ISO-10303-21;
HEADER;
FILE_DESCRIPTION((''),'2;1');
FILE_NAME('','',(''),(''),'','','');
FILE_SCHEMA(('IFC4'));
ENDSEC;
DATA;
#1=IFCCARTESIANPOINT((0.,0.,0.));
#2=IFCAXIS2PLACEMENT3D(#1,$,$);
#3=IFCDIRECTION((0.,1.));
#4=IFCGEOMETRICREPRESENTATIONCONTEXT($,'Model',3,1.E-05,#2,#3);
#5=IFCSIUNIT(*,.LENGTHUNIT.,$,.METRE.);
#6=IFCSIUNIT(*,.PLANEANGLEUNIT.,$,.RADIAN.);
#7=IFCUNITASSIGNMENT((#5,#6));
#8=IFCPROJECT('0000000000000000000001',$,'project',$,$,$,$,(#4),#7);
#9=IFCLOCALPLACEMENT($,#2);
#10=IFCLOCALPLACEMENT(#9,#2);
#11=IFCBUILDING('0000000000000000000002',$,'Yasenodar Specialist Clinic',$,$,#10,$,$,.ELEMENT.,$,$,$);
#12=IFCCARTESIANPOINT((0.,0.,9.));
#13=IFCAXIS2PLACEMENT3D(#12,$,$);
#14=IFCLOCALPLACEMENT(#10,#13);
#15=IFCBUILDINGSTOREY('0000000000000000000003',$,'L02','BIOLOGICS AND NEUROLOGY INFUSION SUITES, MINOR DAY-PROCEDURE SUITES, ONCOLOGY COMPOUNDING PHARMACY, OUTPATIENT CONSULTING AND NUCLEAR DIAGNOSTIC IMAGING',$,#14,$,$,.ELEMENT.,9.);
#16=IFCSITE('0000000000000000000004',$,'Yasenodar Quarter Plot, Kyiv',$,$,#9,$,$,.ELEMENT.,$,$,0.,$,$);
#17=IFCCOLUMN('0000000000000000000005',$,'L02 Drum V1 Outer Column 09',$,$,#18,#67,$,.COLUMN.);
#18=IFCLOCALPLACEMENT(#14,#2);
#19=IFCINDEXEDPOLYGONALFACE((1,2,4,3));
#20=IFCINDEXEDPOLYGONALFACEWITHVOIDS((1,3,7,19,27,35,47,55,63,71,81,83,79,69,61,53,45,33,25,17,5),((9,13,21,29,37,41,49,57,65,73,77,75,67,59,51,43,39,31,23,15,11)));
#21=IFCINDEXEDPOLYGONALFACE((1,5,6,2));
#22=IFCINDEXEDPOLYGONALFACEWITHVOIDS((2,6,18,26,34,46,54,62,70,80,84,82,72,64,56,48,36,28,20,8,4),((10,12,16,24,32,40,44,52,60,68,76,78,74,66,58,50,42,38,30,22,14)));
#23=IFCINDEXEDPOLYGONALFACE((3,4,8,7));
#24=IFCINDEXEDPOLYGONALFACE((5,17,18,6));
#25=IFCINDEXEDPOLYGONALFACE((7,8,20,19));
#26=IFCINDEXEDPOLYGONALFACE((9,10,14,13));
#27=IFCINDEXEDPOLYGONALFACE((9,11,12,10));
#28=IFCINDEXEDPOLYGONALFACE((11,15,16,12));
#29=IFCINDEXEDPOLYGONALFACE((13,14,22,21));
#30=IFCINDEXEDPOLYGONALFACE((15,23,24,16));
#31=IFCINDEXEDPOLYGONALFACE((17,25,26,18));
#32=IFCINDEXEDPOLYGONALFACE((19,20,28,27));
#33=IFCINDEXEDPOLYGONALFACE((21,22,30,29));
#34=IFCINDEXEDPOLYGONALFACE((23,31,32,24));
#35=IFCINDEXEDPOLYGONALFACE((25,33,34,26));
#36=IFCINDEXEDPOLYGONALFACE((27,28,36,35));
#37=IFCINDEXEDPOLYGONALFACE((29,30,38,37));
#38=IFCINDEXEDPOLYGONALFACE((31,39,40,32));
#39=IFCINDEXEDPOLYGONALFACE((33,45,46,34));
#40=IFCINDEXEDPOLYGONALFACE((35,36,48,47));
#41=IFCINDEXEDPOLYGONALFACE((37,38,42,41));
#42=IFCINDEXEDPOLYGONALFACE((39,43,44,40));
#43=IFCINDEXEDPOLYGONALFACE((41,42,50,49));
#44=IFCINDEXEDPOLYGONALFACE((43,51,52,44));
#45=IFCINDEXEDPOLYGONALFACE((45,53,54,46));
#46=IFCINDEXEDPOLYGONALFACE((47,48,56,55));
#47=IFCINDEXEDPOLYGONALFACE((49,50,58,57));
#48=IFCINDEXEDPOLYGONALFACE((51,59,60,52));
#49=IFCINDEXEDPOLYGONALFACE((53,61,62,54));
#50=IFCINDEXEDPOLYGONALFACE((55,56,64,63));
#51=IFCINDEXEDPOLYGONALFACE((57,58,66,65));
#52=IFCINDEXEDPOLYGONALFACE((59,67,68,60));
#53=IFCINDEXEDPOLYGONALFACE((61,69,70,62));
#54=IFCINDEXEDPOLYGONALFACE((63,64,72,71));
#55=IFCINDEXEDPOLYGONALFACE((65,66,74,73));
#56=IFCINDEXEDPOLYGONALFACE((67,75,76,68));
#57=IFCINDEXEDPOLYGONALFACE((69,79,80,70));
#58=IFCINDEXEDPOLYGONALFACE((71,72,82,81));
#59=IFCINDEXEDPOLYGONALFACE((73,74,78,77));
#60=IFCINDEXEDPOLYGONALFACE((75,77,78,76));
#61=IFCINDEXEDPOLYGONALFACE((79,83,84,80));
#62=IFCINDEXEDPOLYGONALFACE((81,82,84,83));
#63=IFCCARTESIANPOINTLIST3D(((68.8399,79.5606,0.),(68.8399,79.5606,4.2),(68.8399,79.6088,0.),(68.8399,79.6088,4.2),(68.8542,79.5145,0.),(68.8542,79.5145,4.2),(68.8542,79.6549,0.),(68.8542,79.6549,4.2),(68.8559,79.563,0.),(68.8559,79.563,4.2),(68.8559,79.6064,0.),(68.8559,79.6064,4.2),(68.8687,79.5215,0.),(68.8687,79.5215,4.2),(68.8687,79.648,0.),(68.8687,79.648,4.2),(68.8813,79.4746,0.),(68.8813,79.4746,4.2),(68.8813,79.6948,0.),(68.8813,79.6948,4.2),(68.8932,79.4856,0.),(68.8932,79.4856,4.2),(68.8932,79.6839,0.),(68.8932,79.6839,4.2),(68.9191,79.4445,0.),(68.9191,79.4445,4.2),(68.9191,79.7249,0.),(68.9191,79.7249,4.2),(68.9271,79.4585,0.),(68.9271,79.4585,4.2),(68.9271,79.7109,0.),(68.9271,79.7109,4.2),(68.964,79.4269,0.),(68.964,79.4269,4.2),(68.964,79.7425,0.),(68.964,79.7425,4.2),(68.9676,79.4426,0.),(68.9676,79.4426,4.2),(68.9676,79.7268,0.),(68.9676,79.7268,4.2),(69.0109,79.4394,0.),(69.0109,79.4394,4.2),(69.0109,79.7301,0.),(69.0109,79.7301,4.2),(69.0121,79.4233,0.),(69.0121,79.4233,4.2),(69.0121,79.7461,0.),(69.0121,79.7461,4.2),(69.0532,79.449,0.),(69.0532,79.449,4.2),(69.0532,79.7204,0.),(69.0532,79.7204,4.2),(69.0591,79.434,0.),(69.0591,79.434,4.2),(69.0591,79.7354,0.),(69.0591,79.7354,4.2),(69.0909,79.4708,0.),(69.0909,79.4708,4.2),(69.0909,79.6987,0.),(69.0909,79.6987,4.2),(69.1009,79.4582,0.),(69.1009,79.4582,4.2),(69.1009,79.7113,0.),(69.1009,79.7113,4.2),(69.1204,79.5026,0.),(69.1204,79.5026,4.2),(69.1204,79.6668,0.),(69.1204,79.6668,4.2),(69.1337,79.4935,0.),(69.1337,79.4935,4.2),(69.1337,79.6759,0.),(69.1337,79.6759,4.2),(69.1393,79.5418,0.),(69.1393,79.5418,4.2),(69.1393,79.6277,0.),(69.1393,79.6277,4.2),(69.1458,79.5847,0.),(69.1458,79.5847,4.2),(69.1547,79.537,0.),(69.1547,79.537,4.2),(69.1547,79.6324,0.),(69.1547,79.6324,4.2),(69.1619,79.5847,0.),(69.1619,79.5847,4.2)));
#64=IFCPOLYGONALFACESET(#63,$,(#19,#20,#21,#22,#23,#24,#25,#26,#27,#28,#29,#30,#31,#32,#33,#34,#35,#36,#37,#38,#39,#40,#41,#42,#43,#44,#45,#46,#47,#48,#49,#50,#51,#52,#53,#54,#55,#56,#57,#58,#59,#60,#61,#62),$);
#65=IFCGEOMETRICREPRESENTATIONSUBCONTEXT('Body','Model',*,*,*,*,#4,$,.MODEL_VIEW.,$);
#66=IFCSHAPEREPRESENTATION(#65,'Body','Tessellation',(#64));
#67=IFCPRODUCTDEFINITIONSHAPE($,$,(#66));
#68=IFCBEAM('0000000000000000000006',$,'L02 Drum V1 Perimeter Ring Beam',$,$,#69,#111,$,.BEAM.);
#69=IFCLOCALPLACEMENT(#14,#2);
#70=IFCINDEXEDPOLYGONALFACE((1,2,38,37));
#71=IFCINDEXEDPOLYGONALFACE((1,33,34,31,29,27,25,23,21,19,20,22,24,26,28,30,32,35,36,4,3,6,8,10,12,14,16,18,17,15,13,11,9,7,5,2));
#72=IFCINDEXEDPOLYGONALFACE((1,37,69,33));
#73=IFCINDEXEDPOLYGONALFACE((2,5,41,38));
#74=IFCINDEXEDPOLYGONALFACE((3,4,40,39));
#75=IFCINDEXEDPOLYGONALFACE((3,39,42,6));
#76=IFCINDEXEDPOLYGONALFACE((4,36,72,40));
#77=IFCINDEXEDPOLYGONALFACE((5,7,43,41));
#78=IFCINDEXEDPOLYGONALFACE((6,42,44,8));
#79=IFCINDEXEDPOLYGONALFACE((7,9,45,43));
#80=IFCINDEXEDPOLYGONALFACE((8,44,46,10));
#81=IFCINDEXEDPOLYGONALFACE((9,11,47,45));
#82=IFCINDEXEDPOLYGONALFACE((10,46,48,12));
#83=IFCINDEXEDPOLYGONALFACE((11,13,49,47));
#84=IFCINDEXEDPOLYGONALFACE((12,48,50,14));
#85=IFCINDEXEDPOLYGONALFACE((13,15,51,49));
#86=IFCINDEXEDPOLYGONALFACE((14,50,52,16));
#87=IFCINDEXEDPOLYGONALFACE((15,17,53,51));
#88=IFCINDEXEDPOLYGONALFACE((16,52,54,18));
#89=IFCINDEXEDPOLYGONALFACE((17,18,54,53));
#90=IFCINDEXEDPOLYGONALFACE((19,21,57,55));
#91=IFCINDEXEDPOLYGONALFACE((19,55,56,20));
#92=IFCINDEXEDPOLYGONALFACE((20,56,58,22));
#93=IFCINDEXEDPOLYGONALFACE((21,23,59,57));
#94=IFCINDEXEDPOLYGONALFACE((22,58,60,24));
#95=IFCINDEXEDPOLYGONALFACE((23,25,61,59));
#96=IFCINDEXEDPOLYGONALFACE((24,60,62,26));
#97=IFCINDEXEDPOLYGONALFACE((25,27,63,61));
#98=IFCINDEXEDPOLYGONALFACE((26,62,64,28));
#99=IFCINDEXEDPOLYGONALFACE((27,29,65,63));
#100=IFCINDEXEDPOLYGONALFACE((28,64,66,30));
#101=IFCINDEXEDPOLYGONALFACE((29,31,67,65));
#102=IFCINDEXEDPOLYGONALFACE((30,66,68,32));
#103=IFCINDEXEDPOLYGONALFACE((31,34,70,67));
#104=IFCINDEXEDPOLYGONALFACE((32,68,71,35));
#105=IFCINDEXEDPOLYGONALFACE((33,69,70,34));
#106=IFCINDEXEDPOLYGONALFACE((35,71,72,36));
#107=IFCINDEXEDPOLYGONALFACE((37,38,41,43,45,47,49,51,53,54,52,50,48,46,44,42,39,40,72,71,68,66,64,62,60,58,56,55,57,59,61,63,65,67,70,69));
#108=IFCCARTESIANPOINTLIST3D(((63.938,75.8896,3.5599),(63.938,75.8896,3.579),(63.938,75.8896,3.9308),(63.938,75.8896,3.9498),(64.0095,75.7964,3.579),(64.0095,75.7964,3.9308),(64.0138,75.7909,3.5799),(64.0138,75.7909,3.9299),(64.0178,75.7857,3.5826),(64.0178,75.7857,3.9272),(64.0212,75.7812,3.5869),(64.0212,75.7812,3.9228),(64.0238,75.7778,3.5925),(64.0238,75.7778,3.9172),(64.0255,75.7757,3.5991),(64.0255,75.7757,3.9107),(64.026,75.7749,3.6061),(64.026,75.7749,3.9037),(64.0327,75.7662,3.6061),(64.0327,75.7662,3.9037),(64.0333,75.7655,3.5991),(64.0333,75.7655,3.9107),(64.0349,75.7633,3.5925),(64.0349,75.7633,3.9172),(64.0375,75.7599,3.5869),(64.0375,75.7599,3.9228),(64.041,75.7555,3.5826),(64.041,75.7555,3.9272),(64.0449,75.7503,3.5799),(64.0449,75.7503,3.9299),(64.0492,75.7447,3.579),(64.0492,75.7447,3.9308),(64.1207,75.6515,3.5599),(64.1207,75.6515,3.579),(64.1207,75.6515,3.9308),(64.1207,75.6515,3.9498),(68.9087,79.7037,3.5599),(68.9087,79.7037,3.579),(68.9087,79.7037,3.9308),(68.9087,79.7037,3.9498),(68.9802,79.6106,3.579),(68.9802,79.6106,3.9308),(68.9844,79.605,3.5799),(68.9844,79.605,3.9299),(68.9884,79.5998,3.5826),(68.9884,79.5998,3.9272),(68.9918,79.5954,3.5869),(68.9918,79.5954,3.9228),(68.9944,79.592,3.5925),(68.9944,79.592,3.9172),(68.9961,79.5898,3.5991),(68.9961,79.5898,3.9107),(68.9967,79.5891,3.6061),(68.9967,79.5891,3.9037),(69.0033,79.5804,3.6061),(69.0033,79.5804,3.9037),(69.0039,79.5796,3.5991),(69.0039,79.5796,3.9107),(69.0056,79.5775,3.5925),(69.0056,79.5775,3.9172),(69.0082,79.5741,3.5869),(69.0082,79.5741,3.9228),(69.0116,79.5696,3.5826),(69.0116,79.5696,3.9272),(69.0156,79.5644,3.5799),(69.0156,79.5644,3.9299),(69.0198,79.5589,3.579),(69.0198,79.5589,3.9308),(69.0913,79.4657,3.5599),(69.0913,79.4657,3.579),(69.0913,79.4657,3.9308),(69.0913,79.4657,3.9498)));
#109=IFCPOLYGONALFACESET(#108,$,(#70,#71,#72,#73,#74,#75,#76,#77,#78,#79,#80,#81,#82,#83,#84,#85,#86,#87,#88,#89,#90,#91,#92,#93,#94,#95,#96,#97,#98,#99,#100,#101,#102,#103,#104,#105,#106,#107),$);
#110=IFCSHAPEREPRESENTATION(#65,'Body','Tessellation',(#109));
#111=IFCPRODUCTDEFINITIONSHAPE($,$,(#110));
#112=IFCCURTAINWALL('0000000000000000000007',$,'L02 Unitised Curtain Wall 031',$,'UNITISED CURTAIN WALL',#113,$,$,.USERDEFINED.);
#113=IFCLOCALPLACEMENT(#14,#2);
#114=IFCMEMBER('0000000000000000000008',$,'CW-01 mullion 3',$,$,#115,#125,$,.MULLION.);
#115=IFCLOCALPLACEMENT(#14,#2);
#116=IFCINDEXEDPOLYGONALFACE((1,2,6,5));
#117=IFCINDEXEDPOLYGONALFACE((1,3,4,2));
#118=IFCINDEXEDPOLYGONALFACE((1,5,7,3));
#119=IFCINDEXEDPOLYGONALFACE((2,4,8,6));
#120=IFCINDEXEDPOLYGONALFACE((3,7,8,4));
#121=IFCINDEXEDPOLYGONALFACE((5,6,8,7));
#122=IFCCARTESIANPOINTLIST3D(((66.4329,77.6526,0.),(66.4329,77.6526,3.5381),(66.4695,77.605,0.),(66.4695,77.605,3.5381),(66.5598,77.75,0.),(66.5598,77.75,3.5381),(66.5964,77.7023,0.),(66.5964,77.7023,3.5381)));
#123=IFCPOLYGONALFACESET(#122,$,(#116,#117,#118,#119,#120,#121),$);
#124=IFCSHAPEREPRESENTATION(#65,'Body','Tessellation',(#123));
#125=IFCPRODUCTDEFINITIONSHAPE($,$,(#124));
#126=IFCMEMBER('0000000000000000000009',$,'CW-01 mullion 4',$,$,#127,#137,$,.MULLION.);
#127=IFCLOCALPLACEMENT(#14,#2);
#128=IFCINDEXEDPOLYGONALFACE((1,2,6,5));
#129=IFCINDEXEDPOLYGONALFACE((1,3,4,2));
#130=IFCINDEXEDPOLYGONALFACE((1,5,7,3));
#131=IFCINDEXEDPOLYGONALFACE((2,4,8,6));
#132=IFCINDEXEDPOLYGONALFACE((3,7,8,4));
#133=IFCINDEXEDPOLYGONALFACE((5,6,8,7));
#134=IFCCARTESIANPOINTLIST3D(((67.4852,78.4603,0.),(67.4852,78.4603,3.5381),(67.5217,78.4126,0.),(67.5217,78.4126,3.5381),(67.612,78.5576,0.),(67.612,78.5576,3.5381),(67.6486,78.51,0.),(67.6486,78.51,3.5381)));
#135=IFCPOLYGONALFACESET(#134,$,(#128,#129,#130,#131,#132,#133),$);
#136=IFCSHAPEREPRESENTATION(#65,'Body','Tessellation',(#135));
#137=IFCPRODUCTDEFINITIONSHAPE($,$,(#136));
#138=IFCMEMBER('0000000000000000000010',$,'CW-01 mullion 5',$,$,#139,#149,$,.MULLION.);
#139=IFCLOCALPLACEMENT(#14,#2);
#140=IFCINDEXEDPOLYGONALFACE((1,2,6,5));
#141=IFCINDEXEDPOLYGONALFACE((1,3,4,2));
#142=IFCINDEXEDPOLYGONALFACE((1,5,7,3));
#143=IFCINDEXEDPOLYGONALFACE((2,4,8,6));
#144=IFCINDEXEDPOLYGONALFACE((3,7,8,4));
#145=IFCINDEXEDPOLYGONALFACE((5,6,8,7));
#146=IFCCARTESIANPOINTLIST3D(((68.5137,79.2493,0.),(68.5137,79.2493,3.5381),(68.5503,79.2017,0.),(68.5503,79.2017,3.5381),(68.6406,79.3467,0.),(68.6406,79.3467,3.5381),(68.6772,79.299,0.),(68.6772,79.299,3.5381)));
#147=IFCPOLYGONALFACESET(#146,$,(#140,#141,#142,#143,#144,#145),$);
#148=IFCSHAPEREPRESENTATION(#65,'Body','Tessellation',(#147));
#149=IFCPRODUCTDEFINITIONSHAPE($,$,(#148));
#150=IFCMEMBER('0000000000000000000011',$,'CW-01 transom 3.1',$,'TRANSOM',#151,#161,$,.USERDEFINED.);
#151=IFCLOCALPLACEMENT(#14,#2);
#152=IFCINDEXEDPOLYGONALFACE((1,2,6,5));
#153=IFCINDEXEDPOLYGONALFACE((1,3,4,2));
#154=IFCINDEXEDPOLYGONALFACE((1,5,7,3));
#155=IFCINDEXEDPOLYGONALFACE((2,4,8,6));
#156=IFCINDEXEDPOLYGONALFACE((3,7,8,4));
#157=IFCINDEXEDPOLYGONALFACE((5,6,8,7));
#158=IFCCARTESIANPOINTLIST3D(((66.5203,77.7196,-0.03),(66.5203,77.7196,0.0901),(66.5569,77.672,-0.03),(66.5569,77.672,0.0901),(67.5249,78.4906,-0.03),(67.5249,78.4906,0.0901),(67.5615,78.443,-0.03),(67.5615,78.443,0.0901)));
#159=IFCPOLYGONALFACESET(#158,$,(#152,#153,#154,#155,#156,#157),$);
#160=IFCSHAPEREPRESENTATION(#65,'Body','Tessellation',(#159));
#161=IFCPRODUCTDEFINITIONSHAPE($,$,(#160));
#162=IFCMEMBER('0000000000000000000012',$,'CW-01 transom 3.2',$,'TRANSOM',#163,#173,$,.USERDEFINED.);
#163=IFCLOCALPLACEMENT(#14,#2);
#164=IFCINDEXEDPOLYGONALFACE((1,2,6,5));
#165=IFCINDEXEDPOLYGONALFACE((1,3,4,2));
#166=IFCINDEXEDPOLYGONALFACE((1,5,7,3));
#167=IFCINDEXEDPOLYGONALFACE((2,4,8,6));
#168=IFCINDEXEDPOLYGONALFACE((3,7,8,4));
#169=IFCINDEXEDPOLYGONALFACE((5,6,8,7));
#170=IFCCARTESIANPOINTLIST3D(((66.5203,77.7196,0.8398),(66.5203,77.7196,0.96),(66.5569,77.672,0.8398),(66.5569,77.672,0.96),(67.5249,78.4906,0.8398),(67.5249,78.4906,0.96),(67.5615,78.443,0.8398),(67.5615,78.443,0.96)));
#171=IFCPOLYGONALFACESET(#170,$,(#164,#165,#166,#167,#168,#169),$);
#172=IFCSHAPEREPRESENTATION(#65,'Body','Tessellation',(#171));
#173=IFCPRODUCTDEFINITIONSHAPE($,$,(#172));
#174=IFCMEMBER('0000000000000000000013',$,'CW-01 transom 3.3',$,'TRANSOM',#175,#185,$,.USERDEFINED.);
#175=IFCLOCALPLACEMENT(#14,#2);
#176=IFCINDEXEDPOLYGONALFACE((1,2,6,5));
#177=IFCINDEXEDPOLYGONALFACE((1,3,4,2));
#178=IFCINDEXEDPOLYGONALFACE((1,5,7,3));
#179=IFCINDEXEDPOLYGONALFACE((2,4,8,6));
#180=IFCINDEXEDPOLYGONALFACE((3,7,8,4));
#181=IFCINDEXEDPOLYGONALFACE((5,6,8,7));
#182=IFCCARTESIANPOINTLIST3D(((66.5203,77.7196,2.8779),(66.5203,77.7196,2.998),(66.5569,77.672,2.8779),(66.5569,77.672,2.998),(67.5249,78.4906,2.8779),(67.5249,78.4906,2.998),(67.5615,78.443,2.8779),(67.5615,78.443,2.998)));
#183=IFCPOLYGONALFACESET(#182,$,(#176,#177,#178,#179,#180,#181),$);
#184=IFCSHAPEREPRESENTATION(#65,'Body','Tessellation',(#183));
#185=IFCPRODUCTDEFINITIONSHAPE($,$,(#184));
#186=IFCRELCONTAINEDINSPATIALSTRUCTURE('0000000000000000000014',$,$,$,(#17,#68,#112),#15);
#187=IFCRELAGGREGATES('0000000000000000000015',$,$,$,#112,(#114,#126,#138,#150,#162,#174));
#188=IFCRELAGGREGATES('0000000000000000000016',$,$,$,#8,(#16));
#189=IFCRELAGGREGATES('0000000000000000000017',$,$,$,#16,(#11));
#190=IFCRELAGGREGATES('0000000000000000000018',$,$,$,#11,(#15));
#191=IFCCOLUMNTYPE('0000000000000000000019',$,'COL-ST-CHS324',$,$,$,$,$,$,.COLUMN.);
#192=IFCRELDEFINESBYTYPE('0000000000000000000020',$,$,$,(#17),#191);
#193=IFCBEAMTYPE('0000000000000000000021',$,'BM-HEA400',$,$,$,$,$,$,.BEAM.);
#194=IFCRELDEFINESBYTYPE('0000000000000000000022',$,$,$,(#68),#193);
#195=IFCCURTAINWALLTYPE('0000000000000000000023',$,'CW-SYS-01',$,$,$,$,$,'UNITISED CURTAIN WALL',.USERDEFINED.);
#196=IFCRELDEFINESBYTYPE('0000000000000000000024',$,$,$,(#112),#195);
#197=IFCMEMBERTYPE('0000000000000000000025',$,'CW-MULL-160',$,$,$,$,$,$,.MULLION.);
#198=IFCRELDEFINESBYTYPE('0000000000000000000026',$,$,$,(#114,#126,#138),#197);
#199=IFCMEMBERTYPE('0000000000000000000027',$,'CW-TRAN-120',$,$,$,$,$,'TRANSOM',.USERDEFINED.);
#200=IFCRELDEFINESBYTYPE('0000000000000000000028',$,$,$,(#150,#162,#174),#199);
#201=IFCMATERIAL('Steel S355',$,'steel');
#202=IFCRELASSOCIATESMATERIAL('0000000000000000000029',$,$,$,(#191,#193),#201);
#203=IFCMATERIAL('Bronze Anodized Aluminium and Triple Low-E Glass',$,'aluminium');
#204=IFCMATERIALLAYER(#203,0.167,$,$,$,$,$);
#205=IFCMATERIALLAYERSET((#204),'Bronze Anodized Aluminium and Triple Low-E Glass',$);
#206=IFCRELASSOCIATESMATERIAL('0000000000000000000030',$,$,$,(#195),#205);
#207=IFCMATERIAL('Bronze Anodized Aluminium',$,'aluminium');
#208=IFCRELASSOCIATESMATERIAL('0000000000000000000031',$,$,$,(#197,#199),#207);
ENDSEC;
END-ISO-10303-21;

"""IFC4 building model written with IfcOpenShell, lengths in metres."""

from ifc_helpers import new_model, si_unit, direction, frame, origin, origin_2d, place, context, subcontext, project, spatial, rectangle, hollow_circle, i_section, extrude, material, layer, layer_set, material_profile, profile_set, type_object, element, aggregate, save


model = new_model("IFC4")

# Units and contexts
model_context = context("Model", 3, precision=1e-05, world=origin(), true_north=direction((0.0, 1.0)))
body_context = subcontext(model_context, "Body", "Model", "MODEL_VIEW")
ifc_project = project(units=[si_unit("LENGTHUNIT", "METRE"), si_unit("PLANEANGLEUNIT", "RADIAN")], contexts=[model_context])

# Site, building, storey
site_placement = place(None, origin())
site = spatial("IfcSite", under=ifc_project, at=site_placement, Name="Yasenodar Quarter Plot, Kyiv", CompositionType="ELEMENT", RefElevation=0.0)
building_placement = place(site_placement, origin())
building = spatial("IfcBuilding", under=site, at=building_placement, Name="Yasenodar Specialist Clinic", CompositionType="ELEMENT")
storey_placement = place(building_placement, frame((0.0, 0.0, 9.0)))
storey = spatial("IfcBuildingStorey", under=building, at=storey_placement, Name="L02", Description="BIOLOGICS AND NEUROLOGY INFUSION SUITES, MINOR DAY-PROCEDURE SUITES, ONCOLOGY COMPOUNDING PHARMACY, OUTPATIENT CONSULTING AND NUCLEAR DIAGNOSTIC IMAGING", CompositionType="ELEMENT", Elevation=9.0)

# Column
ifc_material_1 = material(Name="Steel S355", Category="steel")
ifc_material_profile_1 = material_profile(ifc_material_1, hollow_circle(Radius=0.1619, WallThickness=0.0161, at=origin_2d()), Name="CHS 323.9x16")
ifc_profile_set_1 = profile_set([ifc_material_profile_1], Name="Steel S355")
column_type = type_object("IfcColumnType", Name="COL-ST-CHS324", PredefinedType="COLUMN", material=ifc_profile_set_1)
column_placement = place(storey_placement, frame((69.0, 79.5847, 0.0), z_axis=(0.0, 0.0, 1.0), x_axis=(1.0, 0.0, 0.0)))
element("IfcColumn", 1, at=column_placement, inside=storey, type_object=column_type, Name="L02 Drum V1 Outer Column 09", PredefinedType="COLUMN", context=body_context, shape_type="SweptSolid", body=[
    extrude(hollow_circle(Radius=0.1619, WallThickness=0.0161, at=origin_2d()), origin(), (0.0, 0.0, 1.0), 4.2),
])

# Beam
ifc_material_profile_2 = material_profile(ifc_material_1, i_section(OverallWidth=0.3, OverallDepth=0.3899, WebThickness=0.011, FlangeThickness=0.019, FilletRadius=0.0271, at=origin_2d()), Name="HEA 400")
ifc_profile_set_2 = profile_set([ifc_material_profile_2], Name="Steel S355")
beam_type = type_object("IfcBeamType", Name="BM-HEA400", PredefinedType="BEAM", material=ifc_profile_set_2)
beam_placement = place(storey_placement, frame((69.0, 79.5847, 3.7549), z_axis=(-0.793349, -0.608767, 0.0), x_axis=(0.608767, -0.793349, 0.0)))
element("IfcBeam", 2, at=beam_placement, inside=storey, type_object=beam_type, Name="L02 Drum V1 Perimeter Ring Beam", PredefinedType="BEAM", context=body_context, shape_type="SweptSolid", body=[
    extrude(i_section(OverallWidth=0.3, OverallDepth=0.3899, WebThickness=0.011, FlangeThickness=0.019, FilletRadius=0.0271, at=origin_2d()), origin(), (0.0, 0.0, 1.0), 6.2654),
])

# Curtain wall, members
ifc_material_2 = material(Name="Bronze Anodized Aluminium and Triple Low-E Glass", Category="aluminium")
ifc_layer_1 = layer(ifc_material_2, 0.167)
ifc_layer_set_1 = layer_set([ifc_layer_1], Name="Bronze Anodized Aluminium and Triple Low-E Glass")
curtain_wall_type = type_object("IfcCurtainWallType", Name="CW-SYS-01", ElementType="UNITISED CURTAIN WALL", PredefinedType="USERDEFINED", material=ifc_layer_set_1)
curtain_wall_placement = place(storey_placement, origin())
curtain_wall = element("IfcCurtainWall", 3, at=curtain_wall_placement, inside=storey, type_object=curtain_wall_type, Name="L02 Unitised Curtain Wall 031", ObjectType="UNITISED CURTAIN WALL", PredefinedType="USERDEFINED")
ifc_material_3 = material(Name="Bronze Anodized Aluminium", Category="aluminium")
ifc_material_profile_3 = material_profile(ifc_material_3, rectangle(XDim=0.0601, YDim=0.1599, at=origin_2d()), Name="CW-MULL 60x160")
ifc_profile_set_3 = profile_set([ifc_material_profile_3], Name="Bronze Anodized Aluminium")
member_type_1 = type_object("IfcMemberType", Name="CW-MULL-160", PredefinedType="MULLION", material=ifc_profile_set_3)
member_1_placement = place(storey_placement, frame((66.5146, 77.6775, 0.0), z_axis=(0.0, 0.0, 1.0), x_axis=(-0.608752, 0.793361, 0.0)))
member_1 = element("IfcMember", 4, at=member_1_placement, type_object=member_type_1, Name="CW-01 mullion 3", PredefinedType="MULLION", context=body_context, shape_type="SweptSolid", body=[
    extrude(rectangle(XDim=0.0601, YDim=0.1599, at=origin_2d()), origin(), (0.0, 0.0, 1.0), 3.5381),
])
member_2_placement = place(storey_placement, frame((67.5669, 78.4851, 0.0), z_axis=(0.0, 0.0, 1.0), x_axis=(-0.608752, 0.793361, 0.0)))
member_2 = element("IfcMember", 5, at=member_2_placement, type_object=member_type_1, Name="CW-01 mullion 4", PredefinedType="MULLION", context=body_context, shape_type="SweptSolid", body=[
    extrude(rectangle(XDim=0.0601, YDim=0.1599, at=origin_2d()), origin(), (0.0, 0.0, 1.0), 3.5381),
])
member_3_placement = place(storey_placement, frame((68.5955, 79.2742, 0.0), z_axis=(0.0, 0.0, 1.0), x_axis=(-0.608752, 0.793361, 0.0)))
member_3 = element("IfcMember", 6, at=member_3_placement, type_object=member_type_1, Name="CW-01 mullion 5", PredefinedType="MULLION", context=body_context, shape_type="SweptSolid", body=[
    extrude(rectangle(XDim=0.0601, YDim=0.1599, at=origin_2d()), origin(), (0.0, 0.0, 1.0), 3.5381),
])
ifc_material_profile_4 = material_profile(ifc_material_3, rectangle(XDim=0.0601, YDim=0.1201, at=origin_2d()), Name="CW-TRAN 60x120")
ifc_profile_set_4 = profile_set([ifc_material_profile_4], Name="Bronze Anodized Aluminium")
member_type_2 = type_object("IfcMemberType", Name="CW-TRAN-120", ElementType="TRANSOM", PredefinedType="USERDEFINED", material=ifc_profile_set_4)
member_4_placement = place(storey_placement, frame((66.5386, 77.6958, 0.03), z_axis=(0.793311, 0.608816, 0.0), x_axis=(-0.608816, 0.793311, 0.0)))
member_4 = element("IfcMember", 7, at=member_4_placement, type_object=member_type_2, Name="CW-01 transom 3.1", ObjectType="TRANSOM", PredefinedType="USERDEFINED", context=body_context, shape_type="SweptSolid", body=[
    extrude(rectangle(XDim=0.0601, YDim=0.1201, at=origin_2d()), origin(), (0.0, 0.0, 1.0), 1.2664),
])
member_5_placement = place(storey_placement, frame((66.5386, 77.6958, 0.8999), z_axis=(0.793311, 0.608816, 0.0), x_axis=(-0.608816, 0.793311, 0.0)))
member_5 = element("IfcMember", 8, at=member_5_placement, type_object=member_type_2, Name="CW-01 transom 3.2", ObjectType="TRANSOM", PredefinedType="USERDEFINED", context=body_context, shape_type="SweptSolid", body=[
    extrude(rectangle(XDim=0.0601, YDim=0.1201, at=origin_2d()), origin(), (0.0, 0.0, 1.0), 1.2664),
])
member_6_placement = place(storey_placement, frame((66.5386, 77.6958, 2.938), z_axis=(0.793311, 0.608816, 0.0), x_axis=(-0.608816, 0.793311, 0.0)))
member_6 = element("IfcMember", 9, at=member_6_placement, type_object=member_type_2, Name="CW-01 transom 3.3", ObjectType="TRANSOM", PredefinedType="USERDEFINED", context=body_context, shape_type="SweptSolid", body=[
    extrude(rectangle(XDim=0.0601, YDim=0.1201, at=origin_2d()), origin(), (0.0, 0.0, 1.0), 1.2664),
])
aggregate(curtain_wall, [member_1, member_2, member_3, member_4, member_5, member_6])

save(model, "model.ifc")
